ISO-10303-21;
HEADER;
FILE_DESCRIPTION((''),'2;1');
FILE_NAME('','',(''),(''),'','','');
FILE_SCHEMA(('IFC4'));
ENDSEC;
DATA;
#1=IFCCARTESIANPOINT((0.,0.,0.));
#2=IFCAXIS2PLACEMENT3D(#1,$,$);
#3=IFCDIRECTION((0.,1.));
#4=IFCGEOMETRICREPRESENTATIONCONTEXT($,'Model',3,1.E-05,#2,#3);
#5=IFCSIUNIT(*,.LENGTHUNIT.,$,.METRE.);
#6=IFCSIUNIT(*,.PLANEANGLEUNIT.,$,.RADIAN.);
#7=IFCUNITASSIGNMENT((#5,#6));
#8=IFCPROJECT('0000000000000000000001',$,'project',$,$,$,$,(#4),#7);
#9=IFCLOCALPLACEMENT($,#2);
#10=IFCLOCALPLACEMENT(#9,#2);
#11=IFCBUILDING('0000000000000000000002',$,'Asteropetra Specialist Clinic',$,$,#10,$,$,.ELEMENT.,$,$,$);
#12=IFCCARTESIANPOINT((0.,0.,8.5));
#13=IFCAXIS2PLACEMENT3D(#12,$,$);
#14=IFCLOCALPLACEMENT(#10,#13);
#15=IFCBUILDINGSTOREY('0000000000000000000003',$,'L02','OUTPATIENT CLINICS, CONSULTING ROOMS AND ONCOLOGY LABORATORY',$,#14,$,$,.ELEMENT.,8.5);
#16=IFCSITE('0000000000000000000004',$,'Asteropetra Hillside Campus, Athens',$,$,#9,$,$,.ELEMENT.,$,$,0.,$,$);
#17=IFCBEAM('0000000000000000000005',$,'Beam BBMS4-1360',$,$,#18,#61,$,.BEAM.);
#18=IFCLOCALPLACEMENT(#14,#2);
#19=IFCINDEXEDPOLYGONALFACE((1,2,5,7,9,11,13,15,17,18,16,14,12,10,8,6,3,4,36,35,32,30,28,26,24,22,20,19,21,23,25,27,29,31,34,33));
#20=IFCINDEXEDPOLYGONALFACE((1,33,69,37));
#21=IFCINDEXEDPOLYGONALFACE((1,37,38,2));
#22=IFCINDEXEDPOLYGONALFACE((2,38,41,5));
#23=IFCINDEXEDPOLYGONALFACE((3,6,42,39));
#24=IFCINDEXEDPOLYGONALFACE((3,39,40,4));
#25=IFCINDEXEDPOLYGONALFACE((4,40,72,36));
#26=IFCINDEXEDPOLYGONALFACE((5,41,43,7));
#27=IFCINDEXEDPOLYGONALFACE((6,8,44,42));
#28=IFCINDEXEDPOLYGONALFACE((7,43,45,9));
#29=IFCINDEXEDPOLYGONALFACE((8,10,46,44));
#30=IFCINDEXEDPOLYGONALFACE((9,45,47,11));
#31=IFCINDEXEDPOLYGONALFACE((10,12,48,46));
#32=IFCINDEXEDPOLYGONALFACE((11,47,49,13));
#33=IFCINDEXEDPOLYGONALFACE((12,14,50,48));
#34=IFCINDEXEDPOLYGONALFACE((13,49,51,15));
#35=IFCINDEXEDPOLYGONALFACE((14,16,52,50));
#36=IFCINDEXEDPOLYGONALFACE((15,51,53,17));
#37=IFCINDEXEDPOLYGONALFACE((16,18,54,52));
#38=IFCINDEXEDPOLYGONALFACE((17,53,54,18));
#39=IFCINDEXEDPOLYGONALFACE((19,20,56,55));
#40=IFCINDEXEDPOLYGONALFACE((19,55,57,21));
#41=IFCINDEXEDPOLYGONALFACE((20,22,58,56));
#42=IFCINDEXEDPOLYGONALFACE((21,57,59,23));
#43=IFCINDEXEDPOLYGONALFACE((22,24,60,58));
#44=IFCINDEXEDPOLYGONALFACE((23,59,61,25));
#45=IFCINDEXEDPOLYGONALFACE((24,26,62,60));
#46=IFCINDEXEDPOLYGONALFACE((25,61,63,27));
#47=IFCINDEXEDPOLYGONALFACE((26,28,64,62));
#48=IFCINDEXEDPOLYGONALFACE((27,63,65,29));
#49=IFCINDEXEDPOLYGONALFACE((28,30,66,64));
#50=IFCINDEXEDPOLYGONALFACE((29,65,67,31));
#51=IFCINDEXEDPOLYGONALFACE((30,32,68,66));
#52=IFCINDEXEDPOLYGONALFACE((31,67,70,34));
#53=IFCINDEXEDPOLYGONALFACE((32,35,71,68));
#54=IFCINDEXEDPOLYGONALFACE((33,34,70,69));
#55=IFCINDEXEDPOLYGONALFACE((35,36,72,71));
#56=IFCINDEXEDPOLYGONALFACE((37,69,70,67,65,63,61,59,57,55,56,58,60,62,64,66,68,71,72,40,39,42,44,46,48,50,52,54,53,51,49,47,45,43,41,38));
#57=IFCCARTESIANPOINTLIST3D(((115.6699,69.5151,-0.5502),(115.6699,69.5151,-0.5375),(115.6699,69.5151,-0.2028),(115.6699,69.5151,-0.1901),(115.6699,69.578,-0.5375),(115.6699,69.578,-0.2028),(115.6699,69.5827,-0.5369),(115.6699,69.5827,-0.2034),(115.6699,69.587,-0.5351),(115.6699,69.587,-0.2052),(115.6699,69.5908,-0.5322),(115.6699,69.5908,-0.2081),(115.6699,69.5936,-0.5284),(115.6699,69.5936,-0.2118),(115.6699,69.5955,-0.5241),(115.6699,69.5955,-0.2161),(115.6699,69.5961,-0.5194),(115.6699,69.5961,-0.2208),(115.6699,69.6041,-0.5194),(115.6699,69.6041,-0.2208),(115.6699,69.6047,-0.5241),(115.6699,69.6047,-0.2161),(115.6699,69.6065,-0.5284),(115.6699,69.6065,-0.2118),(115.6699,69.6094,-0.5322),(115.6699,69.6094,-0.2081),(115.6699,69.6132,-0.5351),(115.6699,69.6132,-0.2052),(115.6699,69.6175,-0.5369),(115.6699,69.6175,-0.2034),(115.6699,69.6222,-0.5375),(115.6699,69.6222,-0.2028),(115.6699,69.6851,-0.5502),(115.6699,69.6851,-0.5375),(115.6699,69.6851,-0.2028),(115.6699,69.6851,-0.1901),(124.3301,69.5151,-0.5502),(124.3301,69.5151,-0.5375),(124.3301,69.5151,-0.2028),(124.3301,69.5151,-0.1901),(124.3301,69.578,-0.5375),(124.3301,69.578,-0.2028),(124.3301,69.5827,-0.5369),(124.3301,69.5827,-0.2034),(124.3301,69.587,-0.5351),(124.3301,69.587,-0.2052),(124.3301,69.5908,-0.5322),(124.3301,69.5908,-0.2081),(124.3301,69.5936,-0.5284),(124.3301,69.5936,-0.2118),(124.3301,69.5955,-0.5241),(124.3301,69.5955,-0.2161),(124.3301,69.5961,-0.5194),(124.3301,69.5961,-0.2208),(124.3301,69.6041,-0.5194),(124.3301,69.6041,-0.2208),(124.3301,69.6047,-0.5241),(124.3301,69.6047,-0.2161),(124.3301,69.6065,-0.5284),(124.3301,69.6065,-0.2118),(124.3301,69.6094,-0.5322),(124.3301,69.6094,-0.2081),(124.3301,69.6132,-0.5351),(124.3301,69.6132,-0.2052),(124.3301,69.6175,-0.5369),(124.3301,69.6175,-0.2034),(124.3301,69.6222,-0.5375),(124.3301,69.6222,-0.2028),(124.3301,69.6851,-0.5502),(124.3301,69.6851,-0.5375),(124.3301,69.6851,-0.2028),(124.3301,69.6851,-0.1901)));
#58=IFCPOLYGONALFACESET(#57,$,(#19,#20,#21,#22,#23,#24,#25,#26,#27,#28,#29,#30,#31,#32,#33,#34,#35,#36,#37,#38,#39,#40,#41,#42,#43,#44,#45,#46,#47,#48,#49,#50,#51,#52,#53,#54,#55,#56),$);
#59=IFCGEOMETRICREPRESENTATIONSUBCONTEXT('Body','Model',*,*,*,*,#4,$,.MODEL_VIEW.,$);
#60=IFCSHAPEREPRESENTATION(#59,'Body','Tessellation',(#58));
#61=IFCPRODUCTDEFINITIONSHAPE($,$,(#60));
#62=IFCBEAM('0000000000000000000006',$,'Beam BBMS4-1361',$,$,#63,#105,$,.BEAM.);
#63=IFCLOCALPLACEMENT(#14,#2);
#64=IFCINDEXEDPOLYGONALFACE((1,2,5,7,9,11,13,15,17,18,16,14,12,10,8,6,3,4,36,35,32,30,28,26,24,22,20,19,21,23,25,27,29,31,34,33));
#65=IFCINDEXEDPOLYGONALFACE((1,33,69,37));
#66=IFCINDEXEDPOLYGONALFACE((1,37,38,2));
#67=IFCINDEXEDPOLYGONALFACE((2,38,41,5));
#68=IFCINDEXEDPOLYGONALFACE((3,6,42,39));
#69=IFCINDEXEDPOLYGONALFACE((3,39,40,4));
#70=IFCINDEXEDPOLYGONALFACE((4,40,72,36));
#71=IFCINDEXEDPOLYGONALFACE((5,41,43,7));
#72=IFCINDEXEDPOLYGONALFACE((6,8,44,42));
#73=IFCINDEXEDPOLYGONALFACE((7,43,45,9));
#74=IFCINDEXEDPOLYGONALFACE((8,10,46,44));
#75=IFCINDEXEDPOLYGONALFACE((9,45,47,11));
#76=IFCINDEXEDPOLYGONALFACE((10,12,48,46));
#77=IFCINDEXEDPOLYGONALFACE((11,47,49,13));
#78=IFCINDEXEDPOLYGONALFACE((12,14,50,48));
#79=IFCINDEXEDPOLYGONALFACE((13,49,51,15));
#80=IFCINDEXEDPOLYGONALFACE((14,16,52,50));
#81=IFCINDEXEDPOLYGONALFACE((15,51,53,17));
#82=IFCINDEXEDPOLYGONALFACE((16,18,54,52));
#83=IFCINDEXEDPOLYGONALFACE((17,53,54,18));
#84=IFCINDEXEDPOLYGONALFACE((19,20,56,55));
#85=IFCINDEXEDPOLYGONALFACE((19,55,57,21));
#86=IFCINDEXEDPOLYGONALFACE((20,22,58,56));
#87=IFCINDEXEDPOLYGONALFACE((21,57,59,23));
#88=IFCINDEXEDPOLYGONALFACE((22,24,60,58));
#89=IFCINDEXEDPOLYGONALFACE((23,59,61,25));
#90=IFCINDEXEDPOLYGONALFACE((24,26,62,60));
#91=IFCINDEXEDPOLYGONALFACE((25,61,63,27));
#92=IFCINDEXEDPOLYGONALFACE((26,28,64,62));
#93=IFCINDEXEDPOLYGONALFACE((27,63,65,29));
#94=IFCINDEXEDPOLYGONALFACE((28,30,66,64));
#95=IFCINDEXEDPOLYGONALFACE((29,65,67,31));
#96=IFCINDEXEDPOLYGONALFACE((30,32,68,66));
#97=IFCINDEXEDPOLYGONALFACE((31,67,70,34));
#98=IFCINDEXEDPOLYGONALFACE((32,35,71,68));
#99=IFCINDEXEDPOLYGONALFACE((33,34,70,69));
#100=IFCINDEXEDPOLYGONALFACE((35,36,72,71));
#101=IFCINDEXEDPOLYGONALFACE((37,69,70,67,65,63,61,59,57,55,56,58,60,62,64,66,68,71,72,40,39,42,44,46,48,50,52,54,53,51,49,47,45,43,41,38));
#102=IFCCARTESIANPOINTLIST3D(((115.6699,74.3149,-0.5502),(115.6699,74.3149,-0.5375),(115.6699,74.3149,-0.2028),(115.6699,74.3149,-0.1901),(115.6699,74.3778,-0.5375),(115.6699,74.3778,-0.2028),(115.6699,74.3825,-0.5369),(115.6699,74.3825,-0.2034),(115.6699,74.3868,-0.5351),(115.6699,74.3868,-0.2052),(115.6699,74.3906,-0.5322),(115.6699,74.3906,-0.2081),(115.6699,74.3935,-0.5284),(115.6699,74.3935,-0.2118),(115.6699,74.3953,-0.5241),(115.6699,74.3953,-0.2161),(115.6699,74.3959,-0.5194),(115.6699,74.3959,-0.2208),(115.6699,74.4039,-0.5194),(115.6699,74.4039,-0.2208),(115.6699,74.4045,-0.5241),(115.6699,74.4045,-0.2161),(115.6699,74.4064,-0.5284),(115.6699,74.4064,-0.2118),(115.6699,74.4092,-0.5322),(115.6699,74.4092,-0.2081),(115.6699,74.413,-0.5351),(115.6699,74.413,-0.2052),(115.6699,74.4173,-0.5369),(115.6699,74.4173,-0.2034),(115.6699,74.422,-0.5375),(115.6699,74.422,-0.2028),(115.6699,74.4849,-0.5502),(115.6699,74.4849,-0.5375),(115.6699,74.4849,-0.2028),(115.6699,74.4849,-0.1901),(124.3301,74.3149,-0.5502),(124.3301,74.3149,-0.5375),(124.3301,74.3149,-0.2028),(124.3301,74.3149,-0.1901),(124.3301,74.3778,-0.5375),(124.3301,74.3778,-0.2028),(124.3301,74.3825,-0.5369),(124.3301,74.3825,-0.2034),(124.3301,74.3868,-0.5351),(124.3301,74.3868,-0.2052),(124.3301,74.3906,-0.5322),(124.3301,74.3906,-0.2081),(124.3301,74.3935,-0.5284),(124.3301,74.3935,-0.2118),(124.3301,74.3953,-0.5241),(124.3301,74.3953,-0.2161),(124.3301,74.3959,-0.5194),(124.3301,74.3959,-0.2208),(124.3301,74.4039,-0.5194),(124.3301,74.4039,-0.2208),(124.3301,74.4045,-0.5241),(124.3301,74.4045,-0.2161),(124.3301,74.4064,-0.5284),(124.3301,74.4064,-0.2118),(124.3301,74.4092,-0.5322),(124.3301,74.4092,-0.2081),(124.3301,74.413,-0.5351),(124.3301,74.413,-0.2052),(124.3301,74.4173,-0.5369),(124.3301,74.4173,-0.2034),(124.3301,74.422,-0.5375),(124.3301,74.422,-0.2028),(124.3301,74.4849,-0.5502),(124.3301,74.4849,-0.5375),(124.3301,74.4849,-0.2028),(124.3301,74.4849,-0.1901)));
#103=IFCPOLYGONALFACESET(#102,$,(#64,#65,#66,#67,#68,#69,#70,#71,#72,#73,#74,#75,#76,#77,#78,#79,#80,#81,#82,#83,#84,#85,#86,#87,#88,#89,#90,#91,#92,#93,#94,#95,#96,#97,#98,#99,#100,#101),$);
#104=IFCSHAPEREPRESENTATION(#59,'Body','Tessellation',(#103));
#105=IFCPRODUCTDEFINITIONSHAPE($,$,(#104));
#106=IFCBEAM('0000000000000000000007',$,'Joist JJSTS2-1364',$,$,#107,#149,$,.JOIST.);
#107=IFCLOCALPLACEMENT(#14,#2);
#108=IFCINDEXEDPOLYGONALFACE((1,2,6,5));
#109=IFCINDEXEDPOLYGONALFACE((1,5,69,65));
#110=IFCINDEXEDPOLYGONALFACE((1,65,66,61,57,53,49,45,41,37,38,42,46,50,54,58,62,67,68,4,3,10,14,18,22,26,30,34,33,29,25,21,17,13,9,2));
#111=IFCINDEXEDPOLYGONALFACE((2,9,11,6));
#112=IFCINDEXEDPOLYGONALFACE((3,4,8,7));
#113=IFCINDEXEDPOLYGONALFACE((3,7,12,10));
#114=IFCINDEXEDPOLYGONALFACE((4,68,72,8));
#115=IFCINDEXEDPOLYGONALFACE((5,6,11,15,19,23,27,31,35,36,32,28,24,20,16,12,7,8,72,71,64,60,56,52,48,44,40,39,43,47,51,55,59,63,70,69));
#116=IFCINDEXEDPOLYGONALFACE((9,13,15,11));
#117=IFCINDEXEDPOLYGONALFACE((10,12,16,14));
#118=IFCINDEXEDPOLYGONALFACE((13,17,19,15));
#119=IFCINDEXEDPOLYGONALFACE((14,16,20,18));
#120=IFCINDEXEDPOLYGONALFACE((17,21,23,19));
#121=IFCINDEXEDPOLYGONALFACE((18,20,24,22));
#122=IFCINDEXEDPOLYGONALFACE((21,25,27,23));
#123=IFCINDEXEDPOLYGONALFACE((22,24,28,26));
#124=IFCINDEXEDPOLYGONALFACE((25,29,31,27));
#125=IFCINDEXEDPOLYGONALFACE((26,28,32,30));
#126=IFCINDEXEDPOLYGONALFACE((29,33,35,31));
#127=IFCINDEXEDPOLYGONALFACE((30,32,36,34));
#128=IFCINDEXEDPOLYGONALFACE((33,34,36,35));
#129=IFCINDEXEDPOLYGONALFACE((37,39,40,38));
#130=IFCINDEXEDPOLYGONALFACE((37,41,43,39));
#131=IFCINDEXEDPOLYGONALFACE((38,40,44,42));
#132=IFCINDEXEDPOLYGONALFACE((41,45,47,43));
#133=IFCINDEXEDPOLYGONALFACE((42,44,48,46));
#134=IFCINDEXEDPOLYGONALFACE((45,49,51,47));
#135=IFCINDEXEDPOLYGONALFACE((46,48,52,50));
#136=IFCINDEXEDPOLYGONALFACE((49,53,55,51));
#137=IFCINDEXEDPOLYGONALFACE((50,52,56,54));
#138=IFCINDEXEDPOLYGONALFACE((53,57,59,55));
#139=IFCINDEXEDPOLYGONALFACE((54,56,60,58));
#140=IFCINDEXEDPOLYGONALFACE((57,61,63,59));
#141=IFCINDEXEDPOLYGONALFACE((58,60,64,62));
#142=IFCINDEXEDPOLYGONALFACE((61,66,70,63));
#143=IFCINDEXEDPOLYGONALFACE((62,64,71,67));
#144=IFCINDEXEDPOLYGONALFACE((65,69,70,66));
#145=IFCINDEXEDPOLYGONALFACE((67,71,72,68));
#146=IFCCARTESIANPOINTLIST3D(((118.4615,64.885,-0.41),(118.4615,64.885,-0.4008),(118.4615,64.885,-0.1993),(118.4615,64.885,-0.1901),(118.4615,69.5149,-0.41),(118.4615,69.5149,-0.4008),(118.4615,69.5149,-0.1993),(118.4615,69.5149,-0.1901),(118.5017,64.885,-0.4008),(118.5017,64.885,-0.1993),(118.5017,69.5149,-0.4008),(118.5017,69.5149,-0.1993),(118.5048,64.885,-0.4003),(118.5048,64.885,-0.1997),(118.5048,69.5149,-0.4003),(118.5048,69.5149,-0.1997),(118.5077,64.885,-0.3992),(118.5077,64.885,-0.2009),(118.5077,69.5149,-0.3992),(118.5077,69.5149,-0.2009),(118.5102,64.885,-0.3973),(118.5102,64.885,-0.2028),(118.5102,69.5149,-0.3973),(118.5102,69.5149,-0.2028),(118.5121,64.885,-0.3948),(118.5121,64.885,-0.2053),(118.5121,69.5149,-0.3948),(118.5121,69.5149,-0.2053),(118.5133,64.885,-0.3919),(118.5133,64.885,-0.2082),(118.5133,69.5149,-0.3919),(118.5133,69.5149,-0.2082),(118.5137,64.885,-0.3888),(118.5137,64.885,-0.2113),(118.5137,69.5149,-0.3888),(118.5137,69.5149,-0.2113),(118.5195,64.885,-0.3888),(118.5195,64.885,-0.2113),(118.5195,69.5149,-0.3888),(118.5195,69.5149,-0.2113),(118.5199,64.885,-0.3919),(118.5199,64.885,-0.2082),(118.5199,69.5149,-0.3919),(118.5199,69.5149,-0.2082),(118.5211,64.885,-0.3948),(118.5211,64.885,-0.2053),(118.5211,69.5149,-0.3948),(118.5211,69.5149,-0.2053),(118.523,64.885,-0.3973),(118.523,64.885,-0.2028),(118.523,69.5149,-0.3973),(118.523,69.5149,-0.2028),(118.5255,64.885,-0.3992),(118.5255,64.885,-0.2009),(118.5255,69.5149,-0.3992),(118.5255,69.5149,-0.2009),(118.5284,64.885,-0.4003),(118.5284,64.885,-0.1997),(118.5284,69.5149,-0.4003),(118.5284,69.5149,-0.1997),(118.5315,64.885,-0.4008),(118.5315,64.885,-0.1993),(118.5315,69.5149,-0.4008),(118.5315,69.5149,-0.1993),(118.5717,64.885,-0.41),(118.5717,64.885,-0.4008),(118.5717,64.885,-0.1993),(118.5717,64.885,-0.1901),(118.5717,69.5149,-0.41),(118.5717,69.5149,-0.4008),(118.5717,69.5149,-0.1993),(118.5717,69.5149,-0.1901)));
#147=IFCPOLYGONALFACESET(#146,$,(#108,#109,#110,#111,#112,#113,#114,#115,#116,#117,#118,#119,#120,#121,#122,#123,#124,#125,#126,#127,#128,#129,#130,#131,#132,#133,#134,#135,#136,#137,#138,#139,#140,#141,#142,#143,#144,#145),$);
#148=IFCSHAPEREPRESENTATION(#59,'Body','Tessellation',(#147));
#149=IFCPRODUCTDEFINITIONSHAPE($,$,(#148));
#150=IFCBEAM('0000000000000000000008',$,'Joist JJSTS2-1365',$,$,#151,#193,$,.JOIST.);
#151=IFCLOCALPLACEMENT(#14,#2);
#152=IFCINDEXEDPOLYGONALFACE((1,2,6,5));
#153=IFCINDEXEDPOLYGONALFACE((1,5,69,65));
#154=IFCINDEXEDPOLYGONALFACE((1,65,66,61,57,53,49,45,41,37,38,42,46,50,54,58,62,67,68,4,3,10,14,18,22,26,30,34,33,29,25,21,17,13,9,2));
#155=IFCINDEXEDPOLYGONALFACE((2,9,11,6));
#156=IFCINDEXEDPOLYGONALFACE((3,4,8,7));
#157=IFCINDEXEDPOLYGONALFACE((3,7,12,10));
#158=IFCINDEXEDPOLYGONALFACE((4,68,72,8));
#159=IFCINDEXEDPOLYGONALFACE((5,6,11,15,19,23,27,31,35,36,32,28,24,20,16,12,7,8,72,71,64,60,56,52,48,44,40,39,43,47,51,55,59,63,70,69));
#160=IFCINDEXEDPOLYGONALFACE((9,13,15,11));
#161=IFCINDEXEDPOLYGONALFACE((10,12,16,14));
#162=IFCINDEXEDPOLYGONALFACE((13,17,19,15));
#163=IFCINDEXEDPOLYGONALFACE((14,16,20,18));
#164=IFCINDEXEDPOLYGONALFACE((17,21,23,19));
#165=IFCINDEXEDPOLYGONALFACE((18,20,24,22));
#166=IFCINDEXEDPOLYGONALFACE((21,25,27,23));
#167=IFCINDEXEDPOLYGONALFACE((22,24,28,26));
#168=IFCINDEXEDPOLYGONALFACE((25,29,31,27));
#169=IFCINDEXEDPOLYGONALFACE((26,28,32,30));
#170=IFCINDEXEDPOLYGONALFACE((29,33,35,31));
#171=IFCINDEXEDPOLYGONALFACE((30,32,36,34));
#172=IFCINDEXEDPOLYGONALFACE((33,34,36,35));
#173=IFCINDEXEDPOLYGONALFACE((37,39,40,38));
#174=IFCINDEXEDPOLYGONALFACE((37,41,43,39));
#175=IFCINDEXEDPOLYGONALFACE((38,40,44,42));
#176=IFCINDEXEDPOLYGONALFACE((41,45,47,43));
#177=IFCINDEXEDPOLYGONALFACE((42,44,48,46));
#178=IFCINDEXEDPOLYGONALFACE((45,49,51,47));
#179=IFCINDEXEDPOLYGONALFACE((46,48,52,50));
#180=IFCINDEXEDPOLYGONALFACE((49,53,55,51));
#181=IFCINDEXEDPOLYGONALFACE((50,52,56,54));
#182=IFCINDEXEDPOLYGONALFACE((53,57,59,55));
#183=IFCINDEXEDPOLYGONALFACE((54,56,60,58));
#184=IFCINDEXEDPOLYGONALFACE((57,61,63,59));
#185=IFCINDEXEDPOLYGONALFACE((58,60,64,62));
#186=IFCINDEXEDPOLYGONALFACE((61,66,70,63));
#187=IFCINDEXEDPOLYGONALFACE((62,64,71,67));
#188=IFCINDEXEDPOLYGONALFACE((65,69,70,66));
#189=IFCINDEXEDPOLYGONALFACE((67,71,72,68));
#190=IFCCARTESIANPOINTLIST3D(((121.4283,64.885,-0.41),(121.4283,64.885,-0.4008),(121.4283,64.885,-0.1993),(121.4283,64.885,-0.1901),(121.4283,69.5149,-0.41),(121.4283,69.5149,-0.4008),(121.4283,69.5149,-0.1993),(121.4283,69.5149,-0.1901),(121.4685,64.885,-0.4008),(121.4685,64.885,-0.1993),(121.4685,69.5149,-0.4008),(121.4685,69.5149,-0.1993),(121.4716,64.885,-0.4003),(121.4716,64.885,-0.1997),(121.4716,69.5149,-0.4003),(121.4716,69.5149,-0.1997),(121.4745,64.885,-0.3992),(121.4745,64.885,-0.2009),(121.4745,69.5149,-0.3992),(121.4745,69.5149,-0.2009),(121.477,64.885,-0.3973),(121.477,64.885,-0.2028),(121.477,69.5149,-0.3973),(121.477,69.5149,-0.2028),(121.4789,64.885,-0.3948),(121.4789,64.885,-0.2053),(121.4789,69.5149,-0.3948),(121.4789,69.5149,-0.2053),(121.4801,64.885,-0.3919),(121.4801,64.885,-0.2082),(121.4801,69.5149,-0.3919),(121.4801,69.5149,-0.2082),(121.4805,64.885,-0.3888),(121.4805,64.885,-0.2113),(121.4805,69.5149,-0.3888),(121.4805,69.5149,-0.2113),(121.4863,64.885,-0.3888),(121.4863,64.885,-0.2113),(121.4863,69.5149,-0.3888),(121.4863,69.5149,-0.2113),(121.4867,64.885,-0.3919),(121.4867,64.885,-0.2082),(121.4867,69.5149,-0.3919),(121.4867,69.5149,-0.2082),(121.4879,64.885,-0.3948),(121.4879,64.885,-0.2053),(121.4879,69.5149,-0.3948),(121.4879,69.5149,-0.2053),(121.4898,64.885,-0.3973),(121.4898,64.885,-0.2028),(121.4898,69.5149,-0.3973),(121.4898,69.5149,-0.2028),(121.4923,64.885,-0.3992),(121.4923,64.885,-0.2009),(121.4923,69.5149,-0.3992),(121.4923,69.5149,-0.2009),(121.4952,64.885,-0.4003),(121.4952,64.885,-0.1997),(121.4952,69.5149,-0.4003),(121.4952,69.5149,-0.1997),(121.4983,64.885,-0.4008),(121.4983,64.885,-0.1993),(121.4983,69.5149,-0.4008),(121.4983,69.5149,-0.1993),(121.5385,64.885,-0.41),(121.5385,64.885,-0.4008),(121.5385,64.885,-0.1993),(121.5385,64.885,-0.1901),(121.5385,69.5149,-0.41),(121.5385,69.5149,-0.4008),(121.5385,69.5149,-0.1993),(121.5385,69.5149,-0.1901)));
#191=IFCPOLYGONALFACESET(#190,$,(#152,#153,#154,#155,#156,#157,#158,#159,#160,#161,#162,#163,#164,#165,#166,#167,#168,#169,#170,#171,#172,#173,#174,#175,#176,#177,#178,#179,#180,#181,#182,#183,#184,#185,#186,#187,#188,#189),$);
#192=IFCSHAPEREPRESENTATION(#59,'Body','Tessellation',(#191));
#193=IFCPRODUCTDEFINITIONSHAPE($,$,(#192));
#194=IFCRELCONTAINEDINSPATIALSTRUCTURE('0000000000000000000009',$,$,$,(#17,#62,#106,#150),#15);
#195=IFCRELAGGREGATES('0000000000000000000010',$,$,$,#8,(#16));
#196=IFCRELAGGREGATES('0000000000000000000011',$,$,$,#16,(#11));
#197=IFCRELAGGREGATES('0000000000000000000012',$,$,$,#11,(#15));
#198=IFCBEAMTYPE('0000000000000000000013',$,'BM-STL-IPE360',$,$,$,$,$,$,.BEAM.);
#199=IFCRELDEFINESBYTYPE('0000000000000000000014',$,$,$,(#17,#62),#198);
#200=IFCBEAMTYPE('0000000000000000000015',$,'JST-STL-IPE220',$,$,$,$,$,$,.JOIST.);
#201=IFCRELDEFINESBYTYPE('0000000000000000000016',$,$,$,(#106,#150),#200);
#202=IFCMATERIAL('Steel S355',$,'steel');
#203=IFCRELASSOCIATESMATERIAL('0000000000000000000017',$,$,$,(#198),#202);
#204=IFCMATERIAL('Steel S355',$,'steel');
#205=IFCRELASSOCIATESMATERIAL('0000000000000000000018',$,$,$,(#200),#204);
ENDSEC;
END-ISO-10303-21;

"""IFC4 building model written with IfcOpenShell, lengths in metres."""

from ifc_helpers import new_model, si_unit, direction, frame, origin, origin_2d, place, context, subcontext, project, spatial, i_section, extrude, material, material_profile, profile_set, type_object, element, save


model = new_model("IFC4")

# Units and contexts
model_context = context("Model", 3, precision=1e-05, world=origin(), true_north=direction((0.0, 1.0)))
body_context = subcontext(model_context, "Body", "Model", "MODEL_VIEW")
ifc_project = project(units=[si_unit("LENGTHUNIT", "METRE"), si_unit("PLANEANGLEUNIT", "RADIAN")], contexts=[model_context])

# Site, building, storey
site_placement = place(None, origin())
site = spatial("IfcSite", under=ifc_project, at=site_placement, Name="Asteropetra Hillside Campus, Athens", CompositionType="ELEMENT", RefElevation=0.0)
building_placement = place(site_placement, origin())
building = spatial("IfcBuilding", under=site, at=building_placement, Name="Asteropetra Specialist Clinic", CompositionType="ELEMENT")
storey_placement = place(building_placement, frame((0.0, 0.0, 8.5)))
storey = spatial("IfcBuildingStorey", under=building, at=storey_placement, Name="L02", Description="OUTPATIENT CLINICS, CONSULTING ROOMS AND ONCOLOGY LABORATORY", CompositionType="ELEMENT", Elevation=8.5)

# Beams
ifc_material_1 = material(Name="Steel S355", Category="steel")
ifc_material_profile_1 = material_profile(ifc_material_1, i_section(OverallWidth=0.1699, OverallDepth=0.3601, WebThickness=0.0081, FlangeThickness=0.0127, FilletRadius=0.0181, at=origin_2d()), Name="IPE 360")
ifc_profile_set_1 = profile_set([ifc_material_profile_1], Name="Steel S355")
beam_type_1 = type_object("IfcBeamType", Name="BM-STL-IPE360", PredefinedType="BEAM", material=ifc_profile_set_1)
for number, where, z_axis, x_axis, name in (
    (1, (115.6699, 69.6001, -0.3701), (1.0, 0.0, 0.0), (0.0, 1.0, 0.0), "Beam BBMS4-1360"),
    (2, (115.6699, 74.3999, -0.3701), (1.0, 0.0, 0.0), (0.0, 1.0, 0.0), "Beam BBMS4-1361"),
):
    element("IfcBeam", number, at=place(storey_placement, frame(where, z_axis=z_axis, x_axis=x_axis)), inside=storey, type_object=beam_type_1, Name=name, PredefinedType="BEAM", context=body_context, shape_type="SweptSolid", body=[
        extrude(i_section(OverallWidth=0.1699, OverallDepth=0.3601, WebThickness=0.0081, FlangeThickness=0.0127, FilletRadius=0.0181, at=origin_2d()), origin(), (0.0, 0.0, 1.0), 8.6602),
    ])
ifc_material_2 = material(Name="Steel S355", Category="steel")
ifc_material_profile_2 = material_profile(ifc_material_2, i_section(OverallWidth=0.1101, OverallDepth=0.22, WebThickness=0.0059, FlangeThickness=0.0093, FilletRadius=0.012, at=origin_2d()), Name="IPE 220")
ifc_profile_set_2 = profile_set([ifc_material_profile_2], Name="Steel S355")
beam_type_2 = type_object("IfcBeamType", Name="JST-STL-IPE220", PredefinedType="JOIST", material=ifc_profile_set_2)
for number, where, z_axis, x_axis, name in (
    (3, (118.5166, 64.885, -0.3), (0.0, 1.0, 0.0), (-1.0, 0.0, 0.0), "Joist JJSTS2-1364"),
    (4, (121.4834, 64.885, -0.3), (0.0, 1.0, 0.0), (-1.0, 0.0, 0.0), "Joist JJSTS2-1365"),
):
    element("IfcBeam", number, at=place(storey_placement, frame(where, z_axis=z_axis, x_axis=x_axis)), inside=storey, type_object=beam_type_2, Name=name, PredefinedType="JOIST", context=body_context, shape_type="SweptSolid", body=[
        extrude(i_section(OverallWidth=0.1101, OverallDepth=0.22, WebThickness=0.0059, FlangeThickness=0.0093, FilletRadius=0.012, at=origin_2d()), origin(), (0.0, 0.0, 1.0), 4.6299),
    ])

save(model, "model.ifc")
